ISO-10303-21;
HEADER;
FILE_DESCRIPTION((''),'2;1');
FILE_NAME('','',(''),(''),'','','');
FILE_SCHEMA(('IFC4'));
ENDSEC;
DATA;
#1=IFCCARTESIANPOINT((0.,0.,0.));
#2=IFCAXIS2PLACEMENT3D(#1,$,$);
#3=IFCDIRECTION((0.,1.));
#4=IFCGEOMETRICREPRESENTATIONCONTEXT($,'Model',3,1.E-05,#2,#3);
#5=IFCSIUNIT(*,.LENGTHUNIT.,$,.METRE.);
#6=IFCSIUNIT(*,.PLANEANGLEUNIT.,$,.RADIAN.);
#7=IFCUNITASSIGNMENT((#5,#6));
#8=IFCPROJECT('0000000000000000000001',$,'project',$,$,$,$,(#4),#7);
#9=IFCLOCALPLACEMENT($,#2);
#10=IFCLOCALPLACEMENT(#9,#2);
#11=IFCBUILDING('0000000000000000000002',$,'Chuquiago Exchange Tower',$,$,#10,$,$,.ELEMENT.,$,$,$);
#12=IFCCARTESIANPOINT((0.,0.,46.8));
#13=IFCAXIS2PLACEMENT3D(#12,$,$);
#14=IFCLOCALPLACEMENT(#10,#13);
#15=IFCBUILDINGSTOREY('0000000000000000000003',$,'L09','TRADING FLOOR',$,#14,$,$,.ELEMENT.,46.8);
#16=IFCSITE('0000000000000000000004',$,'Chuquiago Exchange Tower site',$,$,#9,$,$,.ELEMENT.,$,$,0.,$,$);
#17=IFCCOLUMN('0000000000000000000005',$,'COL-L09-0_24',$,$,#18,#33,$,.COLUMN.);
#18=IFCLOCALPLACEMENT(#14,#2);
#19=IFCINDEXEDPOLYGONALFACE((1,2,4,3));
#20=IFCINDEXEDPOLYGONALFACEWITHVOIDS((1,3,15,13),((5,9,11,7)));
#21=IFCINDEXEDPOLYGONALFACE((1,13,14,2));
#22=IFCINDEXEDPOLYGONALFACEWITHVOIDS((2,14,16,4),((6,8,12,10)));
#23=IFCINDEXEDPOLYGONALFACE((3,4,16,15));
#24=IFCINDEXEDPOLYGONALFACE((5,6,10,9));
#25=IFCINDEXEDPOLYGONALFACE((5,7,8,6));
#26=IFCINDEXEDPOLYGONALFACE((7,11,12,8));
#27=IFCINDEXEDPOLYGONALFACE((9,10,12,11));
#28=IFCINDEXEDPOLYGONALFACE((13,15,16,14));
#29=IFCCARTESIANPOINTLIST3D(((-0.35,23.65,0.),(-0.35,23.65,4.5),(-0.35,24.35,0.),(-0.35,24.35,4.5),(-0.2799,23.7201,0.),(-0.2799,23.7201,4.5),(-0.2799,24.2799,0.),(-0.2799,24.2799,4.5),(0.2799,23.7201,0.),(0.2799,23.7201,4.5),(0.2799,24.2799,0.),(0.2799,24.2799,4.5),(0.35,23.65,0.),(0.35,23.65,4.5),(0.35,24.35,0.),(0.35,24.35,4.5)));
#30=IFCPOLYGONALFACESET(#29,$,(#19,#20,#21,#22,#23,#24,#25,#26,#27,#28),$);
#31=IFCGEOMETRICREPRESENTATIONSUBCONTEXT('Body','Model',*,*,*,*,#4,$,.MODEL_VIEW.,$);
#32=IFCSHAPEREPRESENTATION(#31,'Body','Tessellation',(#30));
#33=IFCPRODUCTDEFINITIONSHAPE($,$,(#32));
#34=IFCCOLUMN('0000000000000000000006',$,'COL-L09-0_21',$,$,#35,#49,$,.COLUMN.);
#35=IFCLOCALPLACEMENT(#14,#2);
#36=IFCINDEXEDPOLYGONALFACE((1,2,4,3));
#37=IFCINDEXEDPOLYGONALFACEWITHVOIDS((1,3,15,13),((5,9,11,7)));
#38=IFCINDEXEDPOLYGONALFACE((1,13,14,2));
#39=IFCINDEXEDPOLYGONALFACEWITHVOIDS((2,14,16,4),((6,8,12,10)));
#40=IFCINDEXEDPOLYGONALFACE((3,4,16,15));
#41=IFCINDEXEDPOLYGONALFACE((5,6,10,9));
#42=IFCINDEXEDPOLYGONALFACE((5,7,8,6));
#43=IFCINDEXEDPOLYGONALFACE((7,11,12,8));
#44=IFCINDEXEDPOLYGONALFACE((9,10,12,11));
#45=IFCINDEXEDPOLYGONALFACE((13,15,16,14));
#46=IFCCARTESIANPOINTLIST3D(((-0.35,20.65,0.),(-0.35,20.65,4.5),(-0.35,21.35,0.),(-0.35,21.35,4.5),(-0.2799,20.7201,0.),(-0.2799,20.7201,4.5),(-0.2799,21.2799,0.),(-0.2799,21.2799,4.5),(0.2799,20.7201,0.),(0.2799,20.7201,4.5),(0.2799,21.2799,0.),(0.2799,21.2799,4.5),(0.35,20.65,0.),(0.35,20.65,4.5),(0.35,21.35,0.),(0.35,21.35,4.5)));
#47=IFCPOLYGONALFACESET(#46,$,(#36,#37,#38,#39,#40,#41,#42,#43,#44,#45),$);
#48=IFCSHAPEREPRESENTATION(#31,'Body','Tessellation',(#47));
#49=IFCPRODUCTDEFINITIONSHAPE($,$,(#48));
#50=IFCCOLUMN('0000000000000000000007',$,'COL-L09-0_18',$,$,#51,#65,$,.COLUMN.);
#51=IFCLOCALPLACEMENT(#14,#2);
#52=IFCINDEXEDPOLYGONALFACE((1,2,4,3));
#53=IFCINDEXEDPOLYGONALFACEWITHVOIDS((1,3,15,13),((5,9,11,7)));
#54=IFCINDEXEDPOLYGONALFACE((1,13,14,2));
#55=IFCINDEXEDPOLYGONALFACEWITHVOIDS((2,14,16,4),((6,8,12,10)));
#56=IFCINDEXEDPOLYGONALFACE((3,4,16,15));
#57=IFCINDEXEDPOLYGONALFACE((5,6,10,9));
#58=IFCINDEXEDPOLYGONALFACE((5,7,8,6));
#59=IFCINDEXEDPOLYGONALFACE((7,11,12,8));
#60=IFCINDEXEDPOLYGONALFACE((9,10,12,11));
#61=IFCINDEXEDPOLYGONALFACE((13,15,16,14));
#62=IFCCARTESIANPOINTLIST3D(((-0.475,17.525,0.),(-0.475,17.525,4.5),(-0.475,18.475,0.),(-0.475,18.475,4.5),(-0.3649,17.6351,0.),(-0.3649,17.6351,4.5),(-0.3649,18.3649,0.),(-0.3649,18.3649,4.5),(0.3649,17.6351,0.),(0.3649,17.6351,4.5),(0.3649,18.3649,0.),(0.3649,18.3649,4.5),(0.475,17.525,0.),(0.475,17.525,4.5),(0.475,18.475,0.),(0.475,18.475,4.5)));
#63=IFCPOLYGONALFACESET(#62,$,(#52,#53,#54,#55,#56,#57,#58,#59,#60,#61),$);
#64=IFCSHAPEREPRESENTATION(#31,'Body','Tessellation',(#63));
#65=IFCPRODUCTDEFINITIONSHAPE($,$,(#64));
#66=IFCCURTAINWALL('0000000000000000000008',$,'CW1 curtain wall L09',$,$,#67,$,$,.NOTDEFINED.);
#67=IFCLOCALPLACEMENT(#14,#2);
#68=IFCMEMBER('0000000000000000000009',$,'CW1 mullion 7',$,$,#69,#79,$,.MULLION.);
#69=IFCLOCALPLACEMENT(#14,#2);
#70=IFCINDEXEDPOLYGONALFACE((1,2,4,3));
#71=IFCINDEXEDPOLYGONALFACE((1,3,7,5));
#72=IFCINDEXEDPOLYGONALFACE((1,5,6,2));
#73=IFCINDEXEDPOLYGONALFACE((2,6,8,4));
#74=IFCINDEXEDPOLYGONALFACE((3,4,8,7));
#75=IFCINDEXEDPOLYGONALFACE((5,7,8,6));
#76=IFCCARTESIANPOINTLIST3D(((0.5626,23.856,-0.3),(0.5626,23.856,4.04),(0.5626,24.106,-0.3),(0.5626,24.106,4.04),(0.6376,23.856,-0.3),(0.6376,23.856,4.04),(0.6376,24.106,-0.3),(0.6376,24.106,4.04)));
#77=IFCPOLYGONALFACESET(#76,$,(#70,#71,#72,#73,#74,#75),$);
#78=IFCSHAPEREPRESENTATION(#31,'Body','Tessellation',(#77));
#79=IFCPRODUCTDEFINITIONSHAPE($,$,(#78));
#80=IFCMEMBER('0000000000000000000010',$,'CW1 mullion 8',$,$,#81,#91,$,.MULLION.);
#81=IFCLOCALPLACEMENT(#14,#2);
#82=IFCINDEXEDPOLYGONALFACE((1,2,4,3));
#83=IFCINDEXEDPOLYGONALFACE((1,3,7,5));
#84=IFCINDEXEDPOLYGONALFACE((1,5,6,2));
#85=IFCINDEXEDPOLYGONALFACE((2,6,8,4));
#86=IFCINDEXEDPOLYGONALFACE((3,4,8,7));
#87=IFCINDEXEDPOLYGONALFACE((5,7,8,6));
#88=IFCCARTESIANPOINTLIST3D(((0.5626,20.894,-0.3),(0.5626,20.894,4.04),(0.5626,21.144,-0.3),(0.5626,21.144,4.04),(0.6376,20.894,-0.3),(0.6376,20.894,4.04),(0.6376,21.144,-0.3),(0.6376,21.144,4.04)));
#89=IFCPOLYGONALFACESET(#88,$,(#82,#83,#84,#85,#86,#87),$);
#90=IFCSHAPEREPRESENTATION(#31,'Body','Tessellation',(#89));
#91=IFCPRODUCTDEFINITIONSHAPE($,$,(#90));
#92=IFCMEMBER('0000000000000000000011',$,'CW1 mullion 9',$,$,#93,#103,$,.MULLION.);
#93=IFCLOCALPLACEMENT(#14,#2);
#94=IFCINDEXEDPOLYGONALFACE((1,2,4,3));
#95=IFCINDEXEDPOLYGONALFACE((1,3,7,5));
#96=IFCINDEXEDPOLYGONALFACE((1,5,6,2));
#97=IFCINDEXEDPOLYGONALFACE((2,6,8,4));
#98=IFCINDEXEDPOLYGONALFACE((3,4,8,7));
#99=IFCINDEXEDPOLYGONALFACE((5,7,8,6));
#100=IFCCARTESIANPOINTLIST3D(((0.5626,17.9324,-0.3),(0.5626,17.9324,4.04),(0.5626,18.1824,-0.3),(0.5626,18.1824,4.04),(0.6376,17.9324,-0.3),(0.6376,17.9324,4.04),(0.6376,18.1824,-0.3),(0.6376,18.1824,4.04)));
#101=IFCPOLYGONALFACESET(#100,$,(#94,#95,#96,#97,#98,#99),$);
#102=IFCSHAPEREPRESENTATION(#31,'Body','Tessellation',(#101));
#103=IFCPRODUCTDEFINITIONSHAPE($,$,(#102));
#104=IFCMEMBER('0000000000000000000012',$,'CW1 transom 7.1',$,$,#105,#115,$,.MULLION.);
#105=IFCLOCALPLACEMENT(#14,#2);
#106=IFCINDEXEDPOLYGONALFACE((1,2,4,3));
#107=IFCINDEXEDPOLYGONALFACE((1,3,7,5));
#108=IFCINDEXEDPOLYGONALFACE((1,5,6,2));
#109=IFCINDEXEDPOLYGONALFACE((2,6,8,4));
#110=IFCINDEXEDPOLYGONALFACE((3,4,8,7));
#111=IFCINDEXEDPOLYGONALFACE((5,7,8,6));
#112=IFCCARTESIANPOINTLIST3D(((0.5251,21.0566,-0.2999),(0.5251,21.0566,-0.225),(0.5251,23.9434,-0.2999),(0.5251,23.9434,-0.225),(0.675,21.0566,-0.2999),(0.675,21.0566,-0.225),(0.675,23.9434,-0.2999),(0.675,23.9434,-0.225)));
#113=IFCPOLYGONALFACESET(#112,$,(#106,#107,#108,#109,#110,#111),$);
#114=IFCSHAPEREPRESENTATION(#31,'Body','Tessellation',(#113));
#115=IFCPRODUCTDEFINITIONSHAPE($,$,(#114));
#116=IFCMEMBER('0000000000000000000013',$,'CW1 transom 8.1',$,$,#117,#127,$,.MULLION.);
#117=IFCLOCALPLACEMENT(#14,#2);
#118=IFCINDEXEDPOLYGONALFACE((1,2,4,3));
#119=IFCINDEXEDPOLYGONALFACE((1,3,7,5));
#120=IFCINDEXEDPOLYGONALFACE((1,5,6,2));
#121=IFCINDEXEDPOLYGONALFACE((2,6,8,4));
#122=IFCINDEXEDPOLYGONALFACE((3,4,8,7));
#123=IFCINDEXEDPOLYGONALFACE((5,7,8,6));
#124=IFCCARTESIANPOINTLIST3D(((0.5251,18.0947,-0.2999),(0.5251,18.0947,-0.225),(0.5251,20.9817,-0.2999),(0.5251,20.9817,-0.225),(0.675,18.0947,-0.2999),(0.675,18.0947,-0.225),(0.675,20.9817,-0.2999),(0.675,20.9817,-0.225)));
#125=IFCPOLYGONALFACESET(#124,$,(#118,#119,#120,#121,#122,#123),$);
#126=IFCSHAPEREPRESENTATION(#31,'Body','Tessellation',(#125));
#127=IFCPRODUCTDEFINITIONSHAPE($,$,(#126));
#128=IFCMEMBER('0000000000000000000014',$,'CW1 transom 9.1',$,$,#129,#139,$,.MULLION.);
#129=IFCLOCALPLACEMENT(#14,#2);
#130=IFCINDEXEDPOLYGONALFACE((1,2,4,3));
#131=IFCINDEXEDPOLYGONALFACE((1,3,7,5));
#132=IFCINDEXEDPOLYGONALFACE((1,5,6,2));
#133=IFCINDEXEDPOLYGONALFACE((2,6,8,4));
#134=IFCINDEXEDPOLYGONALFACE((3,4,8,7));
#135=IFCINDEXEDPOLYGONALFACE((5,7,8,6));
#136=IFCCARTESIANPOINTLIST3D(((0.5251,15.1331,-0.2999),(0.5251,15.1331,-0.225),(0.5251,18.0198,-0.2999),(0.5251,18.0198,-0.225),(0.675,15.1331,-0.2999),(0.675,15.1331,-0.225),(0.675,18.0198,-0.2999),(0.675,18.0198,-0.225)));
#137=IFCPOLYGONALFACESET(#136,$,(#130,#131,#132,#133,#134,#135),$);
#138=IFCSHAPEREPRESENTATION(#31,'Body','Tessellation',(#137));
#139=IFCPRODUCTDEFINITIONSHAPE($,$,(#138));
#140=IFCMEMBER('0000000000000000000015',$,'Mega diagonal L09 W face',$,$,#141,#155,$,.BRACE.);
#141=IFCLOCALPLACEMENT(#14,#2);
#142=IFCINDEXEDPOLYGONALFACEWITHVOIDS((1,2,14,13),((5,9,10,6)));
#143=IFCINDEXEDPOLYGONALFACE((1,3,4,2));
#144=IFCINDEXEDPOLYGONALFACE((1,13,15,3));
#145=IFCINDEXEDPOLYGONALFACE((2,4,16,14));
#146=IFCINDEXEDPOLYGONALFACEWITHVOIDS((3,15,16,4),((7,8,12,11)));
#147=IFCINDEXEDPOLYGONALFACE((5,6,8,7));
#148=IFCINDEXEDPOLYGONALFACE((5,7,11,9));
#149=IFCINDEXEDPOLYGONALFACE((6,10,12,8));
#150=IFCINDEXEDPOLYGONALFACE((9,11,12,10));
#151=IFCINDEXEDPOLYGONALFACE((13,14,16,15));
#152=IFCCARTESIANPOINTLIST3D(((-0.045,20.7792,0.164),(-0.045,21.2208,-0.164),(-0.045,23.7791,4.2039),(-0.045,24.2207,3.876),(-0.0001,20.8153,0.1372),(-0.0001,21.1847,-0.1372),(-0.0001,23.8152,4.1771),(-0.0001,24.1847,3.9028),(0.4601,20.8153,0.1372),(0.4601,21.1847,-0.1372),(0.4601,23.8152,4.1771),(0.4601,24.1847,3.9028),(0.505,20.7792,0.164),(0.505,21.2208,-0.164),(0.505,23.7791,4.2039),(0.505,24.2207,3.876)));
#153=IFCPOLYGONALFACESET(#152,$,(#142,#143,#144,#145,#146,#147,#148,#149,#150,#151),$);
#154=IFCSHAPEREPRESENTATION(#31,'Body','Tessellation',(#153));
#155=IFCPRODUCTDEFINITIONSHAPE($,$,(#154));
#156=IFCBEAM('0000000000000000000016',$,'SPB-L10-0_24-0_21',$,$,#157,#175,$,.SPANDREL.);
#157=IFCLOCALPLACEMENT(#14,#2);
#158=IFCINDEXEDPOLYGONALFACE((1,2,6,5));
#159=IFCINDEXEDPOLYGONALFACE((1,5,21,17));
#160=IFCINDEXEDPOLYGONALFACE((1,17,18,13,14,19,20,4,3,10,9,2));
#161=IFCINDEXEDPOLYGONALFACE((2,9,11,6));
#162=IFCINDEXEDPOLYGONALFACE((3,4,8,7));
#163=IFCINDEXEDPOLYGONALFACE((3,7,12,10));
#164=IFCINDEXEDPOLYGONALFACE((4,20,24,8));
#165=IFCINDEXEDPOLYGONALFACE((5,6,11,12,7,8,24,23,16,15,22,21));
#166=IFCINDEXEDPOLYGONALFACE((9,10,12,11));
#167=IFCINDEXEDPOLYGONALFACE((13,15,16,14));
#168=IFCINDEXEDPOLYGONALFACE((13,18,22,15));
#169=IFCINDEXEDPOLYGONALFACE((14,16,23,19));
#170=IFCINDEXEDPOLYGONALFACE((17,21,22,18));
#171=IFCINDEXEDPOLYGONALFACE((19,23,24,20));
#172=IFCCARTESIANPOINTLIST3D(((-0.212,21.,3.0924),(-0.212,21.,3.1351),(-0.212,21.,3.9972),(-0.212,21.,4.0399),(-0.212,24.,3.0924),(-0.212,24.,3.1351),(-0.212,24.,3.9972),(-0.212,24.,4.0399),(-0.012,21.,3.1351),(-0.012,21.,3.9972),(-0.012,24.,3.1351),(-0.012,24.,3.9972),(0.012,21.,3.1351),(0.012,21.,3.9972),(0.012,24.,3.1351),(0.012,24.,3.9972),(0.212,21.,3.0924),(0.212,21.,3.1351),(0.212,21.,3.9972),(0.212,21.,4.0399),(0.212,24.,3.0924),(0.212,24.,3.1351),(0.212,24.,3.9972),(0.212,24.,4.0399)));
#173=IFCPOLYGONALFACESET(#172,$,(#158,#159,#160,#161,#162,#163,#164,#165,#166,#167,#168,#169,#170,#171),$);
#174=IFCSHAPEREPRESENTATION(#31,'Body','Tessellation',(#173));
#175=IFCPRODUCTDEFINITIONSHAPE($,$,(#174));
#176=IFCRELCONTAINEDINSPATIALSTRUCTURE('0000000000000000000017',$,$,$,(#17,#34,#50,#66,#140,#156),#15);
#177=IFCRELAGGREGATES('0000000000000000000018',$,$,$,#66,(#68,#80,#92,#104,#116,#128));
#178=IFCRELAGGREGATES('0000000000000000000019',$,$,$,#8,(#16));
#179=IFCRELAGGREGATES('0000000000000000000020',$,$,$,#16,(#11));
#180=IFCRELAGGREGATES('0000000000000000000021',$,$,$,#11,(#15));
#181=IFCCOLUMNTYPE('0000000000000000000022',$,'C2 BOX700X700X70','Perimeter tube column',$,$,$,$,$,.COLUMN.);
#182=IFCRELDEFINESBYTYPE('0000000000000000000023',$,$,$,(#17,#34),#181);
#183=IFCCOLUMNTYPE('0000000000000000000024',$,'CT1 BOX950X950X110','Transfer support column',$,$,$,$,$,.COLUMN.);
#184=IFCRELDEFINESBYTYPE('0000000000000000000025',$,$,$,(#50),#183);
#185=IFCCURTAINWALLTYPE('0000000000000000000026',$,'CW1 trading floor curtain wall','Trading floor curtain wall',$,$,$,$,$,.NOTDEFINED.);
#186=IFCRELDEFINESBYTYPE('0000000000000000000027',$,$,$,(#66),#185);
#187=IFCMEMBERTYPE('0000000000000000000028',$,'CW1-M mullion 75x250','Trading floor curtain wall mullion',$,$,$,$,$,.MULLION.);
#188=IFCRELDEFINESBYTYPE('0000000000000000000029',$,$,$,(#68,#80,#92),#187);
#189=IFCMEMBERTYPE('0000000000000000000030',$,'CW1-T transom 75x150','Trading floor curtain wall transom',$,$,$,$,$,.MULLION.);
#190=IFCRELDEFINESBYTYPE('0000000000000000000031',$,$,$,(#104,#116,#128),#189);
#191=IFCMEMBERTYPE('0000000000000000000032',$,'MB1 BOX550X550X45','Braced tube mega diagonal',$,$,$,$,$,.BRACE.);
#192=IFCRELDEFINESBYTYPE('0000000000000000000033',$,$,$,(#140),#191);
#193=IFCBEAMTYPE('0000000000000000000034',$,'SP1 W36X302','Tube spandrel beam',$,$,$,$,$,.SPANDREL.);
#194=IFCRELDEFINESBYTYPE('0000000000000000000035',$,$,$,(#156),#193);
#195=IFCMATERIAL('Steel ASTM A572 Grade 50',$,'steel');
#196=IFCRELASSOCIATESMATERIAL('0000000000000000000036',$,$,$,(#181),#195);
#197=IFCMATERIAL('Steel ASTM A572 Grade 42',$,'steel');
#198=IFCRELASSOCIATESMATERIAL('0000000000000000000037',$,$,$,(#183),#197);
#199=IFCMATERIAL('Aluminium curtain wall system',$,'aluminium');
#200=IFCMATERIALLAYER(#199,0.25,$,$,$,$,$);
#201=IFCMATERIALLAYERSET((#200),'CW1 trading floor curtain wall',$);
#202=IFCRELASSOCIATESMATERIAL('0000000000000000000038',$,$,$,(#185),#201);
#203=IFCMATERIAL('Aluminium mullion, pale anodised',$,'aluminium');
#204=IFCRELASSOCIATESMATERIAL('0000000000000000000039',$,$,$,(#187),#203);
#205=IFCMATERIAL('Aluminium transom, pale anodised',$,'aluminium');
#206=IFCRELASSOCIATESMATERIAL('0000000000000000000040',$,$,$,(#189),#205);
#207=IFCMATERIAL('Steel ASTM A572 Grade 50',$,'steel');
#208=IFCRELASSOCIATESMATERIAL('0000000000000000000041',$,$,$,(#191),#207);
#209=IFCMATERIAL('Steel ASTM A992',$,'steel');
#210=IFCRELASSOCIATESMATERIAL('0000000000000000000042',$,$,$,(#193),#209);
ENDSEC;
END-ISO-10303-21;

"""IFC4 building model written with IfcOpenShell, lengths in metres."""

from ifc_helpers import new_model, si_unit, direction, frame, origin, origin_2d, place, context, subcontext, project, spatial, rectangle, hollow_rectangle, i_section, extrude, material, layer, layer_set, material_profile, profile_set, type_object, element, aggregate, save


model = new_model("IFC4")

# Units and contexts
model_context = context("Model", 3, precision=1e-05, world=origin(), true_north=direction((0.0, 1.0)))
body_context = subcontext(model_context, "Body", "Model", "MODEL_VIEW")
ifc_project = project(units=[si_unit("LENGTHUNIT", "METRE"), si_unit("PLANEANGLEUNIT", "RADIAN")], contexts=[model_context])

# Site, building, storey
site_placement = place(None, origin())
site = spatial("IfcSite", under=ifc_project, at=site_placement, Name="Chuquiago Exchange Tower site", CompositionType="ELEMENT", RefElevation=0.0)
building_placement = place(site_placement, origin())
building = spatial("IfcBuilding", under=site, at=building_placement, Name="Chuquiago Exchange Tower", CompositionType="ELEMENT")
storey_placement = place(building_placement, frame((0.0, 0.0, 46.8)))
storey = spatial("IfcBuildingStorey", under=building, at=storey_placement, Name="L09", Description="TRADING FLOOR", CompositionType="ELEMENT", Elevation=46.8)

# Columns
ifc_material_1 = material(Name="Steel ASTM A572 Grade 50", Category="steel")
ifc_material_profile_1 = material_profile(ifc_material_1, hollow_rectangle(XDim=0.7, YDim=0.7, WallThickness=0.0701, at=origin_2d()), Name="BOX700X700X70")
ifc_profile_set_1 = profile_set([ifc_material_profile_1], Name="Steel ASTM A572 Grade 50")
column_type_1 = type_object("IfcColumnType", Name="C2 BOX700X700X70", Description="Perimeter tube column", PredefinedType="COLUMN", material=ifc_profile_set_1)
for number, where, z_axis, x_axis, name in (
    (1, (0.0, 24.0, 0.0), (0.0, 0.0, 1.0), (-1.0, 0.0, 0.0), "COL-L09-0_24"),
    (2, (0.0, 21.0, 0.0), (0.0, 0.0, 1.0), (-1.0, 0.0, 0.0), "COL-L09-0_21"),
):
    element("IfcColumn", number, at=place(storey_placement, frame(where, z_axis=z_axis, x_axis=x_axis)), inside=storey, type_object=column_type_1, Name=name, PredefinedType="COLUMN", context=body_context, shape_type="SweptSolid", body=[
        extrude(hollow_rectangle(XDim=0.7, YDim=0.7, WallThickness=0.0701, at=origin_2d()), origin(), (0.0, 0.0, 1.0), 4.5),
    ])
ifc_material_2 = material(Name="Steel ASTM A572 Grade 42", Category="steel")
ifc_material_profile_2 = material_profile(ifc_material_2, hollow_rectangle(XDim=0.95, YDim=0.95, WallThickness=0.1101, at=origin_2d()), Name="BOX950X950X110")
ifc_profile_set_2 = profile_set([ifc_material_profile_2], Name="Steel ASTM A572 Grade 42")
column_type_2 = type_object("IfcColumnType", Name="CT1 BOX950X950X110", Description="Transfer support column", PredefinedType="COLUMN", material=ifc_profile_set_2)
column_placement = place(storey_placement, frame((0.0, 18.0, 0.0), z_axis=(0.0, 0.0, 1.0), x_axis=(-1.0, 0.0, 0.0)))
element("IfcColumn", 3, at=column_placement, inside=storey, type_object=column_type_2, Name="COL-L09-0_18", PredefinedType="COLUMN", context=body_context, shape_type="SweptSolid", body=[
    extrude(hollow_rectangle(XDim=0.95, YDim=0.95, WallThickness=0.1101, at=origin_2d()), origin(), (0.0, 0.0, 1.0), 4.5),
])

# Curtain wall, members
ifc_material_3 = material(Name="Aluminium curtain wall system", Category="aluminium")
ifc_layer_1 = layer(ifc_material_3, 0.25)
ifc_layer_set_1 = layer_set([ifc_layer_1], Name="CW1 trading floor curtain wall")
curtain_wall_type = type_object("IfcCurtainWallType", Name="CW1 trading floor curtain wall", Description="Trading floor curtain wall", PredefinedType="NOTDEFINED", material=ifc_layer_set_1)
curtain_wall_placement = place(storey_placement, origin())
curtain_wall = element("IfcCurtainWall", 4, at=curtain_wall_placement, inside=storey, type_object=curtain_wall_type, Name="CW1 curtain wall L09", PredefinedType="NOTDEFINED")
ifc_material_4 = material(Name="Aluminium mullion, pale anodised", Category="aluminium")
ifc_material_profile_3 = material_profile(ifc_material_4, rectangle(XDim=0.075, YDim=0.25, at=origin_2d()), Name="AL 75x250")
ifc_profile_set_3 = profile_set([ifc_material_profile_3], Name="Aluminium mullion, pale anodised")
member_type_1 = type_object("IfcMemberType", Name="CW1-M mullion 75x250", Description="Trading floor curtain wall mullion", PredefinedType="MULLION", material=ifc_profile_set_3)
member_1_placement = place(storey_placement, frame((0.6001, 23.981, -0.3), z_axis=(0.0, 0.0, 1.0), x_axis=(1.0, 0.0, 0.0)))
member_1 = element("IfcMember", 5, at=member_1_placement, type_object=member_type_1, Name="CW1 mullion 7", PredefinedType="MULLION", context=body_context, shape_type="SweptSolid", body=[
    extrude(rectangle(XDim=0.075, YDim=0.25, at=origin_2d()), origin(), (0.0, 0.0, 1.0), 4.3401),
])
member_2_placement = place(storey_placement, frame((0.6001, 21.019, -0.3), z_axis=(0.0, 0.0, 1.0), x_axis=(1.0, 0.0, 0.0)))
member_2 = element("IfcMember", 6, at=member_2_placement, type_object=member_type_1, Name="CW1 mullion 8", PredefinedType="MULLION", context=body_context, shape_type="SweptSolid", body=[
    extrude(rectangle(XDim=0.075, YDim=0.25, at=origin_2d()), origin(), (0.0, 0.0, 1.0), 4.3401),
])
member_3_placement = place(storey_placement, frame((0.6001, 18.0574, -0.3), z_axis=(0.0, 0.0, 1.0), x_axis=(1.0, 0.0, 0.0)))
member_3 = element("IfcMember", 7, at=member_3_placement, type_object=member_type_1, Name="CW1 mullion 9", PredefinedType="MULLION", context=body_context, shape_type="SweptSolid", body=[
    extrude(rectangle(XDim=0.075, YDim=0.25, at=origin_2d()), origin(), (0.0, 0.0, 1.0), 4.3401),
])
ifc_material_5 = material(Name="Aluminium transom, pale anodised", Category="aluminium")
ifc_material_profile_4 = material_profile(ifc_material_5, rectangle(XDim=0.1499, YDim=0.075, at=origin_2d()), Name="AL 150x75")
ifc_profile_set_4 = profile_set([ifc_material_profile_4], Name="Aluminium transom, pale anodised")
member_type_2 = type_object("IfcMemberType", Name="CW1-T transom 75x150", Description="Trading floor curtain wall transom", PredefinedType="MULLION", material=ifc_profile_set_4)
member_4_placement = place(storey_placement, frame((0.6001, 23.9434, -0.2625), z_axis=(0.0, -1.0, 0.0), x_axis=(1.0, 0.0, 0.0)))
member_4 = element("IfcMember", 8, at=member_4_placement, type_object=member_type_2, Name="CW1 transom 7.1", PredefinedType="MULLION", context=body_context, shape_type="SweptSolid", body=[
    extrude(rectangle(XDim=0.1499, YDim=0.075, at=origin_2d()), origin(), (0.0, 0.0, 1.0), 2.8867),
])
member_5_placement = place(storey_placement, frame((0.6001, 20.9817, -0.2625), z_axis=(0.0, -1.0, 0.0), x_axis=(1.0, 0.0, 0.0)))
member_5 = element("IfcMember", 9, at=member_5_placement, type_object=member_type_2, Name="CW1 transom 8.1", PredefinedType="MULLION", context=body_context, shape_type="SweptSolid", body=[
    extrude(rectangle(XDim=0.1499, YDim=0.075, at=origin_2d()), origin(), (0.0, 0.0, 1.0), 2.887),
])
member_6_placement = place(storey_placement, frame((0.6001, 18.0198, -0.2625), z_axis=(0.0, -1.0, 0.0), x_axis=(1.0, 0.0, 0.0)))
member_6 = element("IfcMember", 10, at=member_6_placement, type_object=member_type_2, Name="CW1 transom 9.1", PredefinedType="MULLION", context=body_context, shape_type="SweptSolid", body=[
    extrude(rectangle(XDim=0.1499, YDim=0.075, at=origin_2d()), origin(), (0.0, 0.0, 1.0), 2.8867),
])

# Member
ifc_material_6 = material(Name="Steel ASTM A572 Grade 50", Category="steel")
ifc_material_profile_5 = material_profile(ifc_material_6, hollow_rectangle(XDim=0.55, YDim=0.55, WallThickness=0.0449, at=origin_2d()), Name="BOX550X550X45")
ifc_profile_set_5 = profile_set([ifc_material_profile_5], Name="Steel ASTM A572 Grade 50")
member_type_3 = type_object("IfcMemberType", Name="MB1 BOX550X550X45", Description="Braced tube mega diagonal", PredefinedType="BRACE", material=ifc_profile_set_5)
member_7_placement = place(storey_placement, frame((0.23, 21.0, 0.0), z_axis=(0.0, 0.596174, 0.802855), x_axis=(-1.0, 0.0, 0.0)))
element("IfcMember", 11, at=member_7_placement, inside=storey, type_object=member_type_3, Name="Mega diagonal L09 W face", PredefinedType="BRACE", context=body_context, shape_type="SweptSolid", body=[
    extrude(hollow_rectangle(XDim=0.55, YDim=0.55, WallThickness=0.0449, at=origin_2d()), origin(), (0.0, 0.0, 1.0), 5.032),
])

# Beam
ifc_material_7 = material(Name="Steel ASTM A992", Category="steel")
ifc_material_profile_6 = material_profile(ifc_material_7, i_section(OverallWidth=0.4241, OverallDepth=0.9475, WebThickness=0.0239, FlangeThickness=0.0427, at=origin_2d()), Name="W36X302")
ifc_profile_set_6 = profile_set([ifc_material_profile_6], Name="Steel ASTM A992")
beam_type = type_object("IfcBeamType", Name="SP1 W36X302", Description="Tube spandrel beam", PredefinedType="SPANDREL", material=ifc_profile_set_6)
for number, where, z_axis, x_axis, name in (
    (12, (0.0, 24.0, 3.5662), (0.0, -1.0, 0.0), (1.0, 0.0, 0.0), "SPB-L10-0_24-0_21"),
):
    element("IfcBeam", number, at=place(storey_placement, frame(where, z_axis=z_axis, x_axis=x_axis)), inside=storey, type_object=beam_type, Name=name, PredefinedType="SPANDREL", context=body_context, shape_type="SweptSolid", body=[
        extrude(i_section(OverallWidth=0.4241, OverallDepth=0.9475, WebThickness=0.0239, FlangeThickness=0.0427, at=origin_2d()), origin(), (0.0, 0.0, 1.0), 3.0),
    ])

aggregate(curtain_wall, [member_1, member_2, member_3, member_4, member_5, member_6])

save(model, "model.ifc")
